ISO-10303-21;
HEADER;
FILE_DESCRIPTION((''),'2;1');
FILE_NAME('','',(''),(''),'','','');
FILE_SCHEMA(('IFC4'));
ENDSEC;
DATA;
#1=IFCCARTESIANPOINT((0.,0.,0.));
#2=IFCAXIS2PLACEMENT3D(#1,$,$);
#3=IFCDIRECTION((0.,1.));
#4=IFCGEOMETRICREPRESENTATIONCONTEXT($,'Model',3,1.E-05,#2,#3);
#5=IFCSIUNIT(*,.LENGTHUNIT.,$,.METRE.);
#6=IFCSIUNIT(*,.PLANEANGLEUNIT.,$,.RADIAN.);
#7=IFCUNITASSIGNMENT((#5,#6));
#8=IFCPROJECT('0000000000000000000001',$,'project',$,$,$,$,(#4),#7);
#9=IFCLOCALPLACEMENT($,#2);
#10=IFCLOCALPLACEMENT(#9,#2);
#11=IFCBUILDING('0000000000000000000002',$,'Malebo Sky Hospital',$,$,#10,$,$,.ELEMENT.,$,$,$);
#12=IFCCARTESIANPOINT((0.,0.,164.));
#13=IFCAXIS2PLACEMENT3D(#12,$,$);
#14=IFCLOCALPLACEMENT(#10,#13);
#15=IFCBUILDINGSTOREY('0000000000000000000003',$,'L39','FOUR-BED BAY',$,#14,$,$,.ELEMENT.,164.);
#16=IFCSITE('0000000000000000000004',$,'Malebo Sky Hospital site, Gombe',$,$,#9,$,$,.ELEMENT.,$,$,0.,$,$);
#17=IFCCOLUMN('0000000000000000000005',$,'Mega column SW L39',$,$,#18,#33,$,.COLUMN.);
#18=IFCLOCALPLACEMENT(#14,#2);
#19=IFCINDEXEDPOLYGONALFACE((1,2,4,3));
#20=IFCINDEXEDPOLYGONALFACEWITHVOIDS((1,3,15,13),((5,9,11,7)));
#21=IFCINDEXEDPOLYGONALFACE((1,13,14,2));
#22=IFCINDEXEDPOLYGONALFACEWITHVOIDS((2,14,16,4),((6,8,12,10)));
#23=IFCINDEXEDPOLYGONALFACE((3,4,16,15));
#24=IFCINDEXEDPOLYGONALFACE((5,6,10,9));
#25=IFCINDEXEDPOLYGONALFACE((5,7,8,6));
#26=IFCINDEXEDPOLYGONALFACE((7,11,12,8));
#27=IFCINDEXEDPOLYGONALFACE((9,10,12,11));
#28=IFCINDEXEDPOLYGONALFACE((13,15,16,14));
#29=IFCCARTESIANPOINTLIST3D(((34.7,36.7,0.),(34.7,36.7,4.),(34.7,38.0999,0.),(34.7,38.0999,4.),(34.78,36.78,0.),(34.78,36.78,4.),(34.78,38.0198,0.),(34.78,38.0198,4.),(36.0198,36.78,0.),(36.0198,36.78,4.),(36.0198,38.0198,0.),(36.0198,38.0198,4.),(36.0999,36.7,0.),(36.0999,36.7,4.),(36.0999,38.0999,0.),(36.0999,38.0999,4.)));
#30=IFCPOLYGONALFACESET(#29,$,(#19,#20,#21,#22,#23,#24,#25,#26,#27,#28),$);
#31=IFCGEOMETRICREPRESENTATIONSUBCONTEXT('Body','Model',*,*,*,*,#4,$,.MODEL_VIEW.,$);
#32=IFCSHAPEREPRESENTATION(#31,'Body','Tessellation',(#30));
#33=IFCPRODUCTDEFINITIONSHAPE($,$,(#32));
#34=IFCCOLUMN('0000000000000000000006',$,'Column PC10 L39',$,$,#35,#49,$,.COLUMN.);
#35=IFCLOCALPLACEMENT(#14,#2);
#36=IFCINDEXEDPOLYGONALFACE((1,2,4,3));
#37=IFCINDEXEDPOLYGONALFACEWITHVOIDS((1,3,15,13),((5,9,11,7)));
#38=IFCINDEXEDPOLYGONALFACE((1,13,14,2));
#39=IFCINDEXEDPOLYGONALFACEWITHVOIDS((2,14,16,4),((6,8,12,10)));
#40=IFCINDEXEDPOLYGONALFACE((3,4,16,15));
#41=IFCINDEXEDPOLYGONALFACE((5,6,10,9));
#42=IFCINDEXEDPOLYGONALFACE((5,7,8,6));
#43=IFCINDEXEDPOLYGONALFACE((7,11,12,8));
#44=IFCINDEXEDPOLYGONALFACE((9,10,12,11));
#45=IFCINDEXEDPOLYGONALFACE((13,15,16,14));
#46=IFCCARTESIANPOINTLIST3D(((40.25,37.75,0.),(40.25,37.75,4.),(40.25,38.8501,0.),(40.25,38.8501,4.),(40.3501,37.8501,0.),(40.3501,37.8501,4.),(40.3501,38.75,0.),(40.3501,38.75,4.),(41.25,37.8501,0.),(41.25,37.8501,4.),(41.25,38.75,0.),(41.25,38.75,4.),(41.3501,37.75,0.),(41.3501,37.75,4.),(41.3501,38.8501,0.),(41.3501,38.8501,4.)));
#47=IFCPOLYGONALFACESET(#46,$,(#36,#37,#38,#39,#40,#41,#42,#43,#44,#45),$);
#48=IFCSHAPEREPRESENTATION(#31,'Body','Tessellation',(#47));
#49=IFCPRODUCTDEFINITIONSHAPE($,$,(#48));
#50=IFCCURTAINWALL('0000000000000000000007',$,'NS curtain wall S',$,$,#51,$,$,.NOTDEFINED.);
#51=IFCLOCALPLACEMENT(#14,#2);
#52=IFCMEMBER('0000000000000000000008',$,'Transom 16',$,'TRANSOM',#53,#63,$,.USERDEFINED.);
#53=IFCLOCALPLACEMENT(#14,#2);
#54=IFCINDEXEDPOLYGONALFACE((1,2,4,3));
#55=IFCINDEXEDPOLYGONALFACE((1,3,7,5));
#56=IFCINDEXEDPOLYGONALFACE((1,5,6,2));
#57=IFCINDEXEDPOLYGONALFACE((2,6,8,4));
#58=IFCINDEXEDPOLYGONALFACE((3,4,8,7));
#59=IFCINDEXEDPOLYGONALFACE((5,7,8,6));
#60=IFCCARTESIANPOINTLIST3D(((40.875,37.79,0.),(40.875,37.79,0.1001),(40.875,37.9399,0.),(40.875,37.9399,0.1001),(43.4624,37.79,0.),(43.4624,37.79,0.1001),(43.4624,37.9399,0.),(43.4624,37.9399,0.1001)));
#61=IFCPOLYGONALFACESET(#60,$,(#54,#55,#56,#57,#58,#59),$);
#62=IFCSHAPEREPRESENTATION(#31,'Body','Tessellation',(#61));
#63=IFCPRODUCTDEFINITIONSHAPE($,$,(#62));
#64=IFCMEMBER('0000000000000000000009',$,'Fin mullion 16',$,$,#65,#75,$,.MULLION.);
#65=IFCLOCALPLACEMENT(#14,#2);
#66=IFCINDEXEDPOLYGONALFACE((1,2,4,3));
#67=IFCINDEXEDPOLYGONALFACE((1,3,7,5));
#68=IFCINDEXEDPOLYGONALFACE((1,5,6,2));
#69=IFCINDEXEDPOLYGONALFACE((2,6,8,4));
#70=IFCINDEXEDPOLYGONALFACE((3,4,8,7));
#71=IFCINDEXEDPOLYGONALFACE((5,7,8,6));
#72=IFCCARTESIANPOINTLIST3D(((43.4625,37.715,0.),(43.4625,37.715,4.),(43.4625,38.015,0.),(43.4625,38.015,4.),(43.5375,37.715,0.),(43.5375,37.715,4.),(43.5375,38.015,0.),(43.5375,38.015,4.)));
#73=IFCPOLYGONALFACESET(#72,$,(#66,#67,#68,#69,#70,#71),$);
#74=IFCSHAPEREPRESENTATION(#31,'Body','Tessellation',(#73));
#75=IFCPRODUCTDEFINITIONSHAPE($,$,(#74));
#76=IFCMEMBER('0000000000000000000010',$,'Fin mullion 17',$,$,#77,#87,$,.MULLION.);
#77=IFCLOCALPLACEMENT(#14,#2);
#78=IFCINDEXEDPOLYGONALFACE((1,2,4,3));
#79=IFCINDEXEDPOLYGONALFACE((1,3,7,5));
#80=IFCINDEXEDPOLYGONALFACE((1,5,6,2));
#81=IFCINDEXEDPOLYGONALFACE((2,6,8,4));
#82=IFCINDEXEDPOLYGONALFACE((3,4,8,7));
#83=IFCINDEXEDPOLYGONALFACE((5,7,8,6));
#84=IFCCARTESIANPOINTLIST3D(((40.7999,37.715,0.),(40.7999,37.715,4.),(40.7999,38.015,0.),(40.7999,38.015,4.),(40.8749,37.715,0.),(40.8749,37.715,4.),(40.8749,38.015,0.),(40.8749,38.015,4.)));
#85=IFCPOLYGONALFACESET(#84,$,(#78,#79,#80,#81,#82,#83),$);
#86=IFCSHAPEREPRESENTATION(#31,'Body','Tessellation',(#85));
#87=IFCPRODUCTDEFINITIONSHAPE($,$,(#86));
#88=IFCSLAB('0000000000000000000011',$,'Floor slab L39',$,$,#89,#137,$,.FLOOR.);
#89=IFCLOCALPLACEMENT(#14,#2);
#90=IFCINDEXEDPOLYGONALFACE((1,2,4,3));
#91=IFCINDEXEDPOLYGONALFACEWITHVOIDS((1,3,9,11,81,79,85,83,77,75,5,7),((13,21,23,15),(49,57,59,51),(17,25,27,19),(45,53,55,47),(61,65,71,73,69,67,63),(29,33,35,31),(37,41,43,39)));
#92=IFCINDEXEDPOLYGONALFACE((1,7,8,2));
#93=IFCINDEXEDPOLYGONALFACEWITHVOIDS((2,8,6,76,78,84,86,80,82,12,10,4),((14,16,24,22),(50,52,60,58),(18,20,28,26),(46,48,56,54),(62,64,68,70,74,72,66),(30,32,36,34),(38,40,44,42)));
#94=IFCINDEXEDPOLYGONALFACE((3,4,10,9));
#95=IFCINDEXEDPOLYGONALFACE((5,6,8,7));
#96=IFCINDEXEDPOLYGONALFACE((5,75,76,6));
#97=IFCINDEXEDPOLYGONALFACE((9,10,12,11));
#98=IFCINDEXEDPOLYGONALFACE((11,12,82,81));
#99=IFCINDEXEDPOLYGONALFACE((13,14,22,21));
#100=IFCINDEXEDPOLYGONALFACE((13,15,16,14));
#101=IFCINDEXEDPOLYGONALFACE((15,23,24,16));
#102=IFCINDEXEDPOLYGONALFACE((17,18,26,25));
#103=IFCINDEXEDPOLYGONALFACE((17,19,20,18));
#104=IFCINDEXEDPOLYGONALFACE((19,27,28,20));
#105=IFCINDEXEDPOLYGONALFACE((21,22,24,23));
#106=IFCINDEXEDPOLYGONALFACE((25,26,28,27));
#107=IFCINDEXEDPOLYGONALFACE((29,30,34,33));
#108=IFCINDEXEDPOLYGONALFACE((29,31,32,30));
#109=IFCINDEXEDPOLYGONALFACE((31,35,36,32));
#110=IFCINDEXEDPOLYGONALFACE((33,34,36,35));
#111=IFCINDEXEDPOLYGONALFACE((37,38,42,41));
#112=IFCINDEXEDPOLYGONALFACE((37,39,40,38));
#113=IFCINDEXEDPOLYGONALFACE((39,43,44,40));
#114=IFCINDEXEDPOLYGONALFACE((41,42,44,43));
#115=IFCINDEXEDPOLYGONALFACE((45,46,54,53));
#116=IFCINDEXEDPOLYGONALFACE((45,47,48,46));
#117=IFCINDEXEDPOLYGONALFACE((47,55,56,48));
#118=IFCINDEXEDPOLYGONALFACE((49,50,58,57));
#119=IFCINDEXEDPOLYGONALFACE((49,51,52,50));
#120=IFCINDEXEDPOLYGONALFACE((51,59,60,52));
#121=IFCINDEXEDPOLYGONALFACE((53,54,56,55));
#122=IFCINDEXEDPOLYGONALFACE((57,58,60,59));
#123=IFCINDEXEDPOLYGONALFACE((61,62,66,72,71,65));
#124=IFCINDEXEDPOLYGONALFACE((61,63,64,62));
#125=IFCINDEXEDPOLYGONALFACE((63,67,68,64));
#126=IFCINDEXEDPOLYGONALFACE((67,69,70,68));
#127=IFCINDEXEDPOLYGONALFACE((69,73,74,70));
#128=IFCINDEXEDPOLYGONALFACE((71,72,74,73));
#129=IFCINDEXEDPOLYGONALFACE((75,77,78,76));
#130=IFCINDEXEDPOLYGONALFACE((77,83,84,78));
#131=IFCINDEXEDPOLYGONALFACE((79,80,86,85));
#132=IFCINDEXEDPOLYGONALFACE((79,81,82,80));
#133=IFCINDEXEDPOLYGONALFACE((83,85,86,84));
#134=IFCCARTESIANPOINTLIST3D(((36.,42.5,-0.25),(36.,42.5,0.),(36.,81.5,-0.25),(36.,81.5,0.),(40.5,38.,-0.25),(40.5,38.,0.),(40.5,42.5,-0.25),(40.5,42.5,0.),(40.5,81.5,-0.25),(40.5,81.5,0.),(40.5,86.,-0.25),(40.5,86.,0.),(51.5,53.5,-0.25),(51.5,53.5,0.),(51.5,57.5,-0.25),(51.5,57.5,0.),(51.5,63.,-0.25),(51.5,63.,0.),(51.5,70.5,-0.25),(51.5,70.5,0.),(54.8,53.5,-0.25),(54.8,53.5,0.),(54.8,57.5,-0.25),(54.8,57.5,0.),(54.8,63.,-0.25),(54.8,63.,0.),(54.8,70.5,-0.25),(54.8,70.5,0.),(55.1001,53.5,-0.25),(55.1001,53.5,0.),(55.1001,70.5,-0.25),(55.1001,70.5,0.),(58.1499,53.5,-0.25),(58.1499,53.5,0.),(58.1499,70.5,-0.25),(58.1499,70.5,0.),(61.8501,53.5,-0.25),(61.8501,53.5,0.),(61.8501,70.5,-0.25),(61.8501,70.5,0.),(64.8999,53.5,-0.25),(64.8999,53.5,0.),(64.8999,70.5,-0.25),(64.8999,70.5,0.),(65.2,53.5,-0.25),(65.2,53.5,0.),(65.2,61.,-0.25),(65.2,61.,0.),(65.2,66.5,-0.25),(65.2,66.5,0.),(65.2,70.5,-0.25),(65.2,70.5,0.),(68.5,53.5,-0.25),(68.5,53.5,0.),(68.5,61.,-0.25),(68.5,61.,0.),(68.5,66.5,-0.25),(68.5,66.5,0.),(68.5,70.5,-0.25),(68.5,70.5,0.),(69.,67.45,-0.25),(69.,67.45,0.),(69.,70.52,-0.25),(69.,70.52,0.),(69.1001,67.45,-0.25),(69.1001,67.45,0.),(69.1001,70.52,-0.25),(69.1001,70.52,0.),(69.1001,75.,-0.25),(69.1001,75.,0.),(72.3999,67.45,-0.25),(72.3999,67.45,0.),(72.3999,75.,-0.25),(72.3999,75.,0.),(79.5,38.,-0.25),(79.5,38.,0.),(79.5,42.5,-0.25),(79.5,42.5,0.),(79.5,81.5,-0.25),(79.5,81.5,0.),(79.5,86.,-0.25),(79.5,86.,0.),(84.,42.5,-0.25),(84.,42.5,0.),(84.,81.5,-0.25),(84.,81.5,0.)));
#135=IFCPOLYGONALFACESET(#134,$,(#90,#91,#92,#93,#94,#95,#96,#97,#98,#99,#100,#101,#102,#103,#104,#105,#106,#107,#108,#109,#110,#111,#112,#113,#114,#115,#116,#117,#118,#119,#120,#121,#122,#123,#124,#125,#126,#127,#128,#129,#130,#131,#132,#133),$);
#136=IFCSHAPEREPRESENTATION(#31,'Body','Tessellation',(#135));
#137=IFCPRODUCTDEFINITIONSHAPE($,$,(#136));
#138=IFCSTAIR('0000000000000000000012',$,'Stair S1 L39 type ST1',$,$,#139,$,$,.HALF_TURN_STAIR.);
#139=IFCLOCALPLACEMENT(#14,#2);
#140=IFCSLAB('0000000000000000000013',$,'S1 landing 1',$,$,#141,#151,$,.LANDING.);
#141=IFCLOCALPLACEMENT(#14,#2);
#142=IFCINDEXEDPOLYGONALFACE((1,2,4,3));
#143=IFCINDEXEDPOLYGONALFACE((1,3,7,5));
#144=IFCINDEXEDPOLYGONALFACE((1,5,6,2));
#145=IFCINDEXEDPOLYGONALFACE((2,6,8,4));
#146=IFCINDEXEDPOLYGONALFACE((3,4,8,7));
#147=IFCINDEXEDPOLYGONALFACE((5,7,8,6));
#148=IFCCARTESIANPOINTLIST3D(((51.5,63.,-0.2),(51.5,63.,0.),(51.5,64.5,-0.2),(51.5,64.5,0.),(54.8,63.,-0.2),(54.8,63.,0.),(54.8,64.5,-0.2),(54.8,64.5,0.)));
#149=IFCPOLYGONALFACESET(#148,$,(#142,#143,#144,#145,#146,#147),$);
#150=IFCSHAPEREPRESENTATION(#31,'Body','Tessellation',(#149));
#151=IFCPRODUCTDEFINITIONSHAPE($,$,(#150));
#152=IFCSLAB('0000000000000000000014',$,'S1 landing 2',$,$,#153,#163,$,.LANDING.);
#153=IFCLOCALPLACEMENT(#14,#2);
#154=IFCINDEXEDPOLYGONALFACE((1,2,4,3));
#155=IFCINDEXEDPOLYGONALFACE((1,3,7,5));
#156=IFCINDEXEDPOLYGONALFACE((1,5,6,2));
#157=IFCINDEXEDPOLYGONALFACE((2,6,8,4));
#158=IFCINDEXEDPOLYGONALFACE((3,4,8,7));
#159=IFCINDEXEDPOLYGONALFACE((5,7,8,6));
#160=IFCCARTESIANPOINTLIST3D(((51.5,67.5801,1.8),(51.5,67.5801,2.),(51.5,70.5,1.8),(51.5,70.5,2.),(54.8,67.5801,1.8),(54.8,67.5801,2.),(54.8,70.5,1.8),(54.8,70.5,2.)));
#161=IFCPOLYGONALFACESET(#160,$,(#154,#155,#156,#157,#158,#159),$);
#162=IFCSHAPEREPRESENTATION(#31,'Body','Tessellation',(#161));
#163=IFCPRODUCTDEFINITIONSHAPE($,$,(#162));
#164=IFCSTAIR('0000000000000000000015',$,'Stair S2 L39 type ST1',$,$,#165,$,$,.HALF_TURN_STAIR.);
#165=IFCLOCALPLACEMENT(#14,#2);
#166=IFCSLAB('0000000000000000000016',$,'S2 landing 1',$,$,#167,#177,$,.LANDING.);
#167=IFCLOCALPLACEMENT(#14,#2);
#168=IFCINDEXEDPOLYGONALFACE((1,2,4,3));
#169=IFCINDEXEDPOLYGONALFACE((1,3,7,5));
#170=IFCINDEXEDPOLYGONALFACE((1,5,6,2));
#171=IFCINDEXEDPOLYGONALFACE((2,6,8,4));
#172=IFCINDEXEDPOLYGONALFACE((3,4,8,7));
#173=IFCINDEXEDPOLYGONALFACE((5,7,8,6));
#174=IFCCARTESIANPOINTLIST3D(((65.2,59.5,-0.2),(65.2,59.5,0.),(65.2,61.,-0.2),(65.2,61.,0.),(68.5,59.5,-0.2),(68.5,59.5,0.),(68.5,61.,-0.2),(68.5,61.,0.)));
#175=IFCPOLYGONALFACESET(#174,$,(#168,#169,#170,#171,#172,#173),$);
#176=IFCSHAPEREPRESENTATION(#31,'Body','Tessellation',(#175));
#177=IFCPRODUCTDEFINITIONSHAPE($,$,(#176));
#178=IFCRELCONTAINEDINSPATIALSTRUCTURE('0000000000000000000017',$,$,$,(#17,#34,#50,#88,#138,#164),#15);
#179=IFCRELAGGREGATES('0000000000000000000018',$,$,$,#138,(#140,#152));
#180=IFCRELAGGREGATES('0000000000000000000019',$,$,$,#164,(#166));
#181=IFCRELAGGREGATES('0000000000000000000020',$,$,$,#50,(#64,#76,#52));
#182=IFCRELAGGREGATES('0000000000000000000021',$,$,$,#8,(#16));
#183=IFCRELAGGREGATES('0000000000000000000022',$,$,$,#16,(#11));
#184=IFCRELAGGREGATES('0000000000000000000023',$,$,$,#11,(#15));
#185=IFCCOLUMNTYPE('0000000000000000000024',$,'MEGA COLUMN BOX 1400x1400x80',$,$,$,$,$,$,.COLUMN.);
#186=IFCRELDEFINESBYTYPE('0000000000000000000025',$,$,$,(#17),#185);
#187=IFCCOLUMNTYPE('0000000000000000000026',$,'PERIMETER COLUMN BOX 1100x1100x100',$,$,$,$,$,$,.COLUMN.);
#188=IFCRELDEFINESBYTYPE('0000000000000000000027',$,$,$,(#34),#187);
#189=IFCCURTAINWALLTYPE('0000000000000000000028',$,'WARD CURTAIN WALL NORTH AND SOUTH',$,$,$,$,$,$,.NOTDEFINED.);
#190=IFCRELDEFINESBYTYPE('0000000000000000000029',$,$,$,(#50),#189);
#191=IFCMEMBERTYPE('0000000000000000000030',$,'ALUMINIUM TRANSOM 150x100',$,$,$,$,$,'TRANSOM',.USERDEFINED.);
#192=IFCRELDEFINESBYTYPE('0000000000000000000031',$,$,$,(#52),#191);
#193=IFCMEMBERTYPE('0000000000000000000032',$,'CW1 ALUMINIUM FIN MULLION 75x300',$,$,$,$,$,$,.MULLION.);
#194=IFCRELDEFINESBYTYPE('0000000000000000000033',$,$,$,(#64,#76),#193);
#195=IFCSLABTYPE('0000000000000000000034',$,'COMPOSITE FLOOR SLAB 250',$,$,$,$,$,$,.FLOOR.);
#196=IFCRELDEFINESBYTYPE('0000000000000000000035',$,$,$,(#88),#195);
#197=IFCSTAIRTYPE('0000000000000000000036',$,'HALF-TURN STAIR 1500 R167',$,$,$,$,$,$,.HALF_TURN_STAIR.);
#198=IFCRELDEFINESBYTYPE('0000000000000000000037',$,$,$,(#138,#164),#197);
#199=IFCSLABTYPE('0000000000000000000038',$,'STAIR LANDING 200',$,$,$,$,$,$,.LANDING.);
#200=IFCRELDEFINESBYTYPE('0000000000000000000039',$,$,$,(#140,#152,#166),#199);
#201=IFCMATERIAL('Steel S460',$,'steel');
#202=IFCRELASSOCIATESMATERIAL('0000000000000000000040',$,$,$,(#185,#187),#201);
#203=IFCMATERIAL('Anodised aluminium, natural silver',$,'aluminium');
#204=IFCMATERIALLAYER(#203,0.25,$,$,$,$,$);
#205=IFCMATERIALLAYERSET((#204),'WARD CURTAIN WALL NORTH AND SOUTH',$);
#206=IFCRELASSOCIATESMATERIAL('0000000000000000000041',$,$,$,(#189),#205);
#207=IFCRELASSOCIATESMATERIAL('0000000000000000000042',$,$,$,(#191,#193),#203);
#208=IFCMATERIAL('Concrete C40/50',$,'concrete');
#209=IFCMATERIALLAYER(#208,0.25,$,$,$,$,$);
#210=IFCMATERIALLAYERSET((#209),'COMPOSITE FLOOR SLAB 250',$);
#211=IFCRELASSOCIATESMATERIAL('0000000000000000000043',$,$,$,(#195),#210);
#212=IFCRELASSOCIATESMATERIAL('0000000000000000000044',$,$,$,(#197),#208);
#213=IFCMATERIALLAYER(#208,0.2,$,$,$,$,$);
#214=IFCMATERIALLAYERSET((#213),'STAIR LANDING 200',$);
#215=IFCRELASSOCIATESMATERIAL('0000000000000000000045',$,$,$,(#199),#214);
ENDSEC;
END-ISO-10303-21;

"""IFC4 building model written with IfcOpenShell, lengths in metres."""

from ifc_helpers import new_model, si_unit, direction, frame, origin, origin_2d, place, context, subcontext, project, spatial, polyline, rectangle, hollow_rectangle, outline, extrude, material, layer, layer_set, material_profile, profile_set, type_object, element, aggregate, save


model = new_model("IFC4")

# Units and contexts
model_context = context("Model", 3, precision=1e-05, world=origin(), true_north=direction((0.0, 1.0)))
body_context = subcontext(model_context, "Body", "Model", "MODEL_VIEW")
ifc_project = project(units=[si_unit("LENGTHUNIT", "METRE"), si_unit("PLANEANGLEUNIT", "RADIAN")], contexts=[model_context])

# Site, building, storey
site_placement = place(None, origin())
site = spatial("IfcSite", under=ifc_project, at=site_placement, Name="Malebo Sky Hospital site, Gombe", CompositionType="ELEMENT", RefElevation=0.0)
building_placement = place(site_placement, origin())
building = spatial("IfcBuilding", under=site, at=building_placement, Name="Malebo Sky Hospital", CompositionType="ELEMENT")
storey_placement = place(building_placement, frame((0.0, 0.0, 164.0)))
storey = spatial("IfcBuildingStorey", under=building, at=storey_placement, Name="L39", Description="FOUR-BED BAY", CompositionType="ELEMENT", Elevation=164.0)

# Columns
ifc_material_1 = material(Name="Steel S460", Category="steel")
ifc_material_profile_1 = material_profile(ifc_material_1, hollow_rectangle(XDim=1.3999, YDim=1.3999, WallThickness=0.0801, at=origin_2d()), Name="BOX 1400x1400x80")
ifc_profile_set_1 = profile_set([ifc_material_profile_1], Name="Steel S460")
column_type_1 = type_object("IfcColumnType", Name="MEGA COLUMN BOX 1400x1400x80", PredefinedType="COLUMN", material=ifc_profile_set_1)
column_1_placement = place(storey_placement, frame((35.3999, 37.3999, 0.0), z_axis=(0.0, 0.0, 1.0), x_axis=(1.0, 0.0, 0.0)))
element("IfcColumn", 1, at=column_1_placement, inside=storey, type_object=column_type_1, Name="Mega column SW L39", PredefinedType="COLUMN", context=body_context, shape_type="SweptSolid", body=[
    extrude(hollow_rectangle(XDim=1.3999, YDim=1.3999, WallThickness=0.0801, at=origin_2d()), origin(), (0.0, 0.0, 1.0), 4.0),
])
ifc_material_profile_2 = material_profile(ifc_material_1, hollow_rectangle(XDim=1.1001, YDim=1.1001, WallThickness=0.1001, at=origin_2d()), Name="BOX 1100x1100x100")
ifc_profile_set_2 = profile_set([ifc_material_profile_2], Name="Steel S460")
column_type_2 = type_object("IfcColumnType", Name="PERIMETER COLUMN BOX 1100x1100x100", PredefinedType="COLUMN", material=ifc_profile_set_2)
column_2_placement = place(storey_placement, frame((40.8, 38.3, 0.0), z_axis=(0.0, 0.0, 1.0), x_axis=(1.0, 0.0, 0.0)))
element("IfcColumn", 2, at=column_2_placement, inside=storey, type_object=column_type_2, Name="Column PC10 L39", PredefinedType="COLUMN", context=body_context, shape_type="SweptSolid", body=[
    extrude(hollow_rectangle(XDim=1.1001, YDim=1.1001, WallThickness=0.1001, at=origin_2d()), origin(), (0.0, 0.0, 1.0), 4.0),
])

# Curtain wall, members
ifc_material_2 = material(Name="Anodised aluminium, natural silver", Category="aluminium")
ifc_layer_1 = layer(ifc_material_2, 0.25)
ifc_layer_set_1 = layer_set([ifc_layer_1], Name="WARD CURTAIN WALL NORTH AND SOUTH")
curtain_wall_type = type_object("IfcCurtainWallType", Name="WARD CURTAIN WALL NORTH AND SOUTH", PredefinedType="NOTDEFINED", material=ifc_layer_set_1)
curtain_wall_placement = place(storey_placement, origin())
curtain_wall = element("IfcCurtainWall", 3, at=curtain_wall_placement, inside=storey, type_object=curtain_wall_type, Name="NS curtain wall S", PredefinedType="NOTDEFINED")
ifc_material_profile_3 = material_profile(ifc_material_2, rectangle(XDim=0.1499, YDim=0.1001, at=origin_2d()), Name="ALUMINIUM TRANSOM 150x100")
ifc_profile_set_3 = profile_set([ifc_material_profile_3], Name="Anodised aluminium, natural silver")
member_type_1 = type_object("IfcMemberType", Name="ALUMINIUM TRANSOM 150x100", ElementType="TRANSOM", PredefinedType="USERDEFINED", material=ifc_profile_set_3)
member_1_placement = place(storey_placement, frame((43.4624, 37.865, 0.05), z_axis=(-1.0, 0.0, 0.0), x_axis=(0.0, -1.0, 0.0)))
member_1 = element("IfcMember", 4, at=member_1_placement, type_object=member_type_1, Name="Transom 16", ObjectType="TRANSOM", PredefinedType="USERDEFINED", context=body_context, shape_type="SweptSolid", body=[
    extrude(rectangle(XDim=0.1499, YDim=0.1001, at=origin_2d()), origin(), (0.0, 0.0, 1.0), 2.5874),
])
ifc_material_profile_4 = material_profile(ifc_material_2, rectangle(XDim=0.075, YDim=0.3, at=origin_2d()), Name="CW1 ALUMINIUM FIN MULLION 75x300")
ifc_profile_set_4 = profile_set([ifc_material_profile_4], Name="Anodised aluminium, natural silver")
member_type_2 = type_object("IfcMemberType", Name="CW1 ALUMINIUM FIN MULLION 75x300", PredefinedType="MULLION", material=ifc_profile_set_4)
member_2_placement = place(storey_placement, frame((43.5, 37.865, 0.0), z_axis=(0.0, 0.0, 1.0), x_axis=(-1.0, 0.0, 0.0)))
member_2 = element("IfcMember", 5, at=member_2_placement, type_object=member_type_2, Name="Fin mullion 16", PredefinedType="MULLION", context=body_context, shape_type="SweptSolid", body=[
    extrude(rectangle(XDim=0.075, YDim=0.3, at=origin_2d()), origin(), (0.0, 0.0, 1.0), 4.0),
])
member_3_placement = place(storey_placement, frame((40.8374, 37.865, 0.0), z_axis=(0.0, 0.0, 1.0), x_axis=(-1.0, 0.0, 0.0)))
member_3 = element("IfcMember", 6, at=member_3_placement, type_object=member_type_2, Name="Fin mullion 17", PredefinedType="MULLION", context=body_context, shape_type="SweptSolid", body=[
    extrude(rectangle(XDim=0.075, YDim=0.3, at=origin_2d()), origin(), (0.0, 0.0, 1.0), 4.0),
])

# Slab
ifc_material_3 = material(Name="Concrete C40/50", Category="concrete")
ifc_layer_2 = layer(ifc_material_3, 0.25)
ifc_layer_set_2 = layer_set([ifc_layer_2], Name="COMPOSITE FLOOR SLAB 250")
slab_type_1 = type_object("IfcSlabType", Name="COMPOSITE FLOOR SLAB 250", PredefinedType="FLOOR", material=ifc_layer_set_2)
slab_1_placement = place(storey_placement, frame((0.0, 0.0, -0.25)))
element("IfcSlab", 7, at=slab_1_placement, inside=storey, type_object=slab_type_1, Name="Floor slab L39", PredefinedType="FLOOR", context=body_context, shape_type="SweptSolid", body=[
    extrude(outline(polyline([(40.5, 86.0), (40.5, 81.5), (36.0, 81.5), (36.0, 42.5), (40.5, 42.5), (40.5, 38.0), (79.5, 38.0), (79.5, 42.5), (84.0, 42.5), (84.0, 81.5), (79.5, 81.5), (79.5, 86.0), (40.5, 86.0)]), holes=[polyline([(55.1001, 70.5), (58.1499, 70.5), (58.1499, 53.5), (55.1001, 53.5), (55.1001, 70.5)]), polyline([(64.8999, 70.5), (64.8999, 53.5), (61.8501, 53.5), (61.8501, 70.5), (64.8999, 70.5)]), polyline([(54.8, 63.0), (51.5, 63.0), (51.5, 70.5), (54.8, 70.5), (54.8, 63.0)]), polyline([(51.5, 53.5), (51.5, 57.5), (54.8, 57.5), (54.8, 53.5), (51.5, 53.5)]), polyline([(65.2, 61.0), (68.5, 61.0), (68.5, 53.5), (65.2, 53.5), (65.2, 61.0)]), polyline([(68.5, 70.5), (68.5, 66.5), (65.2, 66.5), (65.2, 70.5), (68.5, 70.5)]), polyline([(69.0, 67.45), (69.0, 70.52), (69.1001, 70.52), (69.1001, 75.0), (72.3999, 75.0), (72.3999, 67.45), (69.1001, 67.45), (69.0, 67.45)])]), origin(), (0.0, 0.0, 1.0), 0.25),
])

# Stairs, slabs
stair_type_1 = type_object("IfcStairType", Name="HALF-TURN STAIR 1500 R167", PredefinedType="HALF_TURN_STAIR", material=ifc_material_3)
stair_1_placement = place(storey_placement, origin())
stair_1 = element("IfcStair", 8, at=stair_1_placement, inside=storey, type_object=stair_type_1, Name="Stair S1 L39 type ST1", PredefinedType="HALF_TURN_STAIR")
ifc_layer_3 = layer(ifc_material_3, 0.2)
ifc_layer_set_3 = layer_set([ifc_layer_3], Name="STAIR LANDING 200")
slab_type_2 = type_object("IfcSlabType", Name="STAIR LANDING 200", PredefinedType="LANDING", material=ifc_layer_set_3)
slab_2_placement = place(storey_placement, frame((0.0, 0.0, -0.2)))
slab_2 = element("IfcSlab", 9, at=slab_2_placement, type_object=slab_type_2, Name="S1 landing 1", PredefinedType="LANDING", context=body_context, shape_type="SweptSolid", body=[
    extrude(outline(polyline([(51.5, 63.0), (54.8, 63.0), (54.8, 64.5), (51.5, 64.5), (51.5, 63.0)])), origin(), (0.0, 0.0, 1.0), 0.2),
])
slab_3_placement = place(storey_placement, frame((0.0, 0.0, 1.8)))
slab_3 = element("IfcSlab", 10, at=slab_3_placement, type_object=slab_type_2, Name="S1 landing 2", PredefinedType="LANDING", context=body_context, shape_type="SweptSolid", body=[
    extrude(outline(polyline([(51.5, 67.5801), (54.8, 67.5801), (54.8, 70.5), (51.5, 70.5), (51.5, 67.5801)])), origin(), (0.0, 0.0, 1.0), 0.2),
])
aggregate(stair_1, [slab_2, slab_3])
stair_2_placement = place(storey_placement, origin())
stair_2 = element("IfcStair", 11, at=stair_2_placement, inside=storey, type_object=stair_type_1, Name="Stair S2 L39 type ST1", PredefinedType="HALF_TURN_STAIR")
slab_4_placement = place(storey_placement, frame((0.0, 0.0, -0.2)))
slab_4 = element("IfcSlab", 12, at=slab_4_placement, type_object=slab_type_2, Name="S2 landing 1", PredefinedType="LANDING", context=body_context, shape_type="SweptSolid", body=[
    extrude(outline(polyline([(65.2, 59.5), (68.5, 59.5), (68.5, 61.0), (65.2, 61.0), (65.2, 59.5)])), origin(), (0.0, 0.0, 1.0), 0.2),
])
aggregate(stair_2, [slab_4])

aggregate(curtain_wall, [member_2, member_3, member_1])

save(model, "model.ifc")
